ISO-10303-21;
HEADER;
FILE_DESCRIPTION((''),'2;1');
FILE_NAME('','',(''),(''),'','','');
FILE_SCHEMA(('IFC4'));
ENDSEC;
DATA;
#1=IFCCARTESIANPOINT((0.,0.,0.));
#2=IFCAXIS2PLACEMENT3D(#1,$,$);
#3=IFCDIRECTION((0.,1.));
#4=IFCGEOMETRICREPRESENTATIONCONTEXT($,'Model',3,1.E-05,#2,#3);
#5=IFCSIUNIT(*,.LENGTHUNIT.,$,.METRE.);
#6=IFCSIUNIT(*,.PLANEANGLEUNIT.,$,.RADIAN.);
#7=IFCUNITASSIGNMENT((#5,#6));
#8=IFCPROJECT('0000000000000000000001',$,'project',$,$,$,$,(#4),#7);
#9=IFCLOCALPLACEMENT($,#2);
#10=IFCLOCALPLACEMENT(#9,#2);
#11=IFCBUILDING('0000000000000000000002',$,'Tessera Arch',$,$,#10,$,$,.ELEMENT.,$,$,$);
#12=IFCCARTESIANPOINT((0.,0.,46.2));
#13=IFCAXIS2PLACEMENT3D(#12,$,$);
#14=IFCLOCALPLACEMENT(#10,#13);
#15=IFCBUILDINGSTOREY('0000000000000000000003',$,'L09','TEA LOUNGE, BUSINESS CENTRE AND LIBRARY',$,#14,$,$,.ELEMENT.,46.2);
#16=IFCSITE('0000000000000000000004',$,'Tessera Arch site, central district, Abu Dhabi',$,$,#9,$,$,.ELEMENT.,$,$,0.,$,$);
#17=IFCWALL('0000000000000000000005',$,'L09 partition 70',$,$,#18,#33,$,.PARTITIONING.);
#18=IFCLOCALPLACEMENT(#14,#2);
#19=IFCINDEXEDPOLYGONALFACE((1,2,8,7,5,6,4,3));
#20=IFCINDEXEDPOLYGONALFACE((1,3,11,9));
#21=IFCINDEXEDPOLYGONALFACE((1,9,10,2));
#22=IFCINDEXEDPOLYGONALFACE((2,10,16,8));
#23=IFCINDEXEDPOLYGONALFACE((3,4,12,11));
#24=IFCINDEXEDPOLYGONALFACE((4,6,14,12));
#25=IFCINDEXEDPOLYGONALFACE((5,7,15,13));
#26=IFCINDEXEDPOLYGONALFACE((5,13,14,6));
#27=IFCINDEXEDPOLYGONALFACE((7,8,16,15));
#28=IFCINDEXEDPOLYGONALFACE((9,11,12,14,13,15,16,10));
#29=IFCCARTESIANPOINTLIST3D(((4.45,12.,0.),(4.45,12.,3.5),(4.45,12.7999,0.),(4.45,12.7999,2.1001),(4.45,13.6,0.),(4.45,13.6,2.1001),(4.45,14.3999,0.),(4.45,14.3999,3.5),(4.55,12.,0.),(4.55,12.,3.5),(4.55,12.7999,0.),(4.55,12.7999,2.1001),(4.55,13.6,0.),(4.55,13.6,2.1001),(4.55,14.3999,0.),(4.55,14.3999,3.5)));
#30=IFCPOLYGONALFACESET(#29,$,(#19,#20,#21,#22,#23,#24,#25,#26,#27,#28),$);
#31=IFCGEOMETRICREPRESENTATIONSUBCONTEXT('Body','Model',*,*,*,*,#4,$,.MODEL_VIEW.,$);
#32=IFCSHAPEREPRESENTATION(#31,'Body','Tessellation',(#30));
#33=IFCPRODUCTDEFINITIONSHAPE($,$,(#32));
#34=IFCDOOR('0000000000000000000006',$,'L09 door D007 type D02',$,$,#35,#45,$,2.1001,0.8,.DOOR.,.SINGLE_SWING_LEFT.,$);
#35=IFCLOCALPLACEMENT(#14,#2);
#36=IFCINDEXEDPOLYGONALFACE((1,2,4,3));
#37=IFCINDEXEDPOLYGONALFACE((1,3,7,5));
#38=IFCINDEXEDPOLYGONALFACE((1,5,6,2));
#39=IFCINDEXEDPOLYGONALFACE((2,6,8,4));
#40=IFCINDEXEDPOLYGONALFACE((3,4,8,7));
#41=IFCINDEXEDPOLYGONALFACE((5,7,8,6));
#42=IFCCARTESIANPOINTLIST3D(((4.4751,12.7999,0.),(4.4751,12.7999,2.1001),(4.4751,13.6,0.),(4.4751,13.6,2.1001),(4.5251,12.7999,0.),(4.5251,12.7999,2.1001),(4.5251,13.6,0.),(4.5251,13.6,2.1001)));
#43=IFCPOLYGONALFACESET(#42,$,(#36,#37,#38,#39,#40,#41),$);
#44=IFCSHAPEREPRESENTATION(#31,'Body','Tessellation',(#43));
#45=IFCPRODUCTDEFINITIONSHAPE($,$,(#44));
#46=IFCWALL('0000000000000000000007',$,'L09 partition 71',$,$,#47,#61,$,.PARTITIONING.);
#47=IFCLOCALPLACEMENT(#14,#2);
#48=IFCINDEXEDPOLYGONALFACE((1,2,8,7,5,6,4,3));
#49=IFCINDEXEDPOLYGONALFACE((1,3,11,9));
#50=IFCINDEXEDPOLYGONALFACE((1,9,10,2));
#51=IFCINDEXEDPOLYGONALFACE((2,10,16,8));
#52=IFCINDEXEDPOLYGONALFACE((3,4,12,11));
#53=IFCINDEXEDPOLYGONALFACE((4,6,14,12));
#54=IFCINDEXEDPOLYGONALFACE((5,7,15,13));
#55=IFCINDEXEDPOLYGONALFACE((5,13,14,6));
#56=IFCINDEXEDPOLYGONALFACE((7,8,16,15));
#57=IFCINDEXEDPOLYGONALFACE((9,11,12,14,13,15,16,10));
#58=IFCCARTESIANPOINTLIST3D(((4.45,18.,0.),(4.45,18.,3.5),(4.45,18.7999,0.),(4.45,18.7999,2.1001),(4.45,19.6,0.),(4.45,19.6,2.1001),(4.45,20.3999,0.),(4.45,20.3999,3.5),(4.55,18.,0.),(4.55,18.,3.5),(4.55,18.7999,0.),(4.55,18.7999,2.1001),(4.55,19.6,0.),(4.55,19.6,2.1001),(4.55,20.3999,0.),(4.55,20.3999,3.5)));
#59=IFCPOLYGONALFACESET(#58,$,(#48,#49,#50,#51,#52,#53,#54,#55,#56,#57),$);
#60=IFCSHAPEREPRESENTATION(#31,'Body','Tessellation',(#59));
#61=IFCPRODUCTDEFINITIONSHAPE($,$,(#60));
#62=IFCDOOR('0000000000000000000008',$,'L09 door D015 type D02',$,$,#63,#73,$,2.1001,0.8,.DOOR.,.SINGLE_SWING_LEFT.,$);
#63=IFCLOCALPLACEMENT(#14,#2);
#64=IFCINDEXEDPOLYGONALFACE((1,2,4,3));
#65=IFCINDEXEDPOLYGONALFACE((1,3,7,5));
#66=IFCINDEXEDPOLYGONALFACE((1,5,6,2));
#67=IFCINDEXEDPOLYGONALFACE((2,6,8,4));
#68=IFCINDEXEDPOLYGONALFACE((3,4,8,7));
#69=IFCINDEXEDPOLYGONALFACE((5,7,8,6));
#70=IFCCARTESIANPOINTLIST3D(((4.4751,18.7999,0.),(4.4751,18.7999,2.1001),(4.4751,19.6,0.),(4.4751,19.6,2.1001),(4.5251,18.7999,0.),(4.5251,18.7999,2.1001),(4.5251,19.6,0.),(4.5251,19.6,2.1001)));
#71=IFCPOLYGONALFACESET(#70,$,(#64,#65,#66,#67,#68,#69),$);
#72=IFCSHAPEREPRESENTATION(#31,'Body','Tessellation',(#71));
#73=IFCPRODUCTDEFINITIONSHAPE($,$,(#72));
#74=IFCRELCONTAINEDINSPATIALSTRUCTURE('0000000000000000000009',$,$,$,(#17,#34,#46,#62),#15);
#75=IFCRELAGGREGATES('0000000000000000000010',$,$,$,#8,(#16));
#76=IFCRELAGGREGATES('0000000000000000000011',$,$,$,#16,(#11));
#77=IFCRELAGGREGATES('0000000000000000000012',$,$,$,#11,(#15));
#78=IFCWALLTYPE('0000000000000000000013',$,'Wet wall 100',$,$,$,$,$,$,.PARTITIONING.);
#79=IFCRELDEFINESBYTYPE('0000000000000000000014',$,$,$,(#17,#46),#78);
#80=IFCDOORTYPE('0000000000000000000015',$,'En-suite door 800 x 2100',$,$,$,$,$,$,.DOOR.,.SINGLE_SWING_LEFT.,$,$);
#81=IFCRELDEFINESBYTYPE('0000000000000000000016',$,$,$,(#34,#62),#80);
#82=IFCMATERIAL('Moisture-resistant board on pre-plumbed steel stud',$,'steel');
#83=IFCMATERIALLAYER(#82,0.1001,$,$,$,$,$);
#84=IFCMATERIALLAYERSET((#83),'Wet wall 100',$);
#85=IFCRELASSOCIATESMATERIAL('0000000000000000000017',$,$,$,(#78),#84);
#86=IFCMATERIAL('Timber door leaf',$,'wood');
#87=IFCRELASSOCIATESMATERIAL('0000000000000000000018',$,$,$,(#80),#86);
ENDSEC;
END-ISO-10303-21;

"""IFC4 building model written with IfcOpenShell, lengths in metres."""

from ifc_helpers import new_model, si_unit, direction, frame, frame_2d, origin, place, context, subcontext, project, spatial, rectangle, extrude, material, layer, layer_set, type_object, element, fill, save


model = new_model("IFC4")

# Units and contexts
model_context = context("Model", 3, precision=1e-05, world=origin(), true_north=direction((0.0, 1.0)))
body_context = subcontext(model_context, "Body", "Model", "MODEL_VIEW")
ifc_project = project(units=[si_unit("LENGTHUNIT", "METRE"), si_unit("PLANEANGLEUNIT", "RADIAN")], contexts=[model_context])

# Site, building, storey
site_placement = place(None, origin())
site = spatial("IfcSite", under=ifc_project, at=site_placement, Name="Tessera Arch site, central district, Abu Dhabi", CompositionType="ELEMENT", RefElevation=0.0)
building_placement = place(site_placement, origin())
building = spatial("IfcBuilding", under=site, at=building_placement, Name="Tessera Arch", CompositionType="ELEMENT")
storey_placement = place(building_placement, frame((0.0, 0.0, 46.2)))
storey = spatial("IfcBuildingStorey", under=building, at=storey_placement, Name="L09", Description="TEA LOUNGE, BUSINESS CENTRE AND LIBRARY", CompositionType="ELEMENT", Elevation=46.2)

# Shared definitions
ifc_material_1 = material(Name="Moisture-resistant board on pre-plumbed steel stud", Category="steel")
ifc_layer_1 = layer(ifc_material_1, 0.1001)
ifc_layer_set_1 = layer_set([ifc_layer_1], Name="Wet wall 100")
wall_type_1 = type_object("IfcWallType", Name="Wet wall 100", PredefinedType="PARTITIONING", material=ifc_layer_set_1)

# Walls, openings, doors
wall_1_placement = place(storey_placement, frame((4.5, 12.0, 0.0), z_axis=(0.0, 0.0, 1.0), x_axis=(0.0, 1.0, 0.0)))
wall_1 = element("IfcWall", 1, at=wall_1_placement, inside=storey, type_object=wall_type_1, Name="L09 partition 70", PredefinedType="PARTITIONING", context=body_context, shape_type="SweptSolid", body=[
    extrude(rectangle(XDim=2.3999, YDim=0.1001, at=frame_2d((1.2, 0.0))), origin(), (0.0, 0.0, 1.0), 3.5),
])
opening_1_placement = place(wall_1_placement, frame((0.8, 0.0, 0.0)))
opening_1 = element("IfcOpeningElement", 2, at=opening_1_placement, cuts=wall_1, PredefinedType="OPENING", context=body_context, shape_type="SweptSolid", body=[
    extrude(rectangle(XDim=0.8, YDim=2.1001, at=frame_2d((0.3999, 1.05))), frame((0.0, 0.0601, 0.0), z_axis=(0.0, -1.0, 0.0), x_axis=(1.0, 0.0, 0.0)), (0.0, 0.0, 1.0), 0.1201),
])
ifc_material_2 = material(Name="Timber door leaf", Category="wood")
door_type_1 = type_object("IfcDoorType", Name="En-suite door 800 x 2100", OperationType="SINGLE_SWING_LEFT", PredefinedType="DOOR", material=ifc_material_2)
door_1_placement = place(opening_1_placement, origin())
door_1 = element("IfcDoor", 3, at=door_1_placement, inside=storey, type_object=door_type_1, Name="L09 door D007 type D02", OperationType="SINGLE_SWING_LEFT", OverallHeight=2.1001, OverallWidth=0.8, PredefinedType="DOOR", context=body_context, shape_type="SweptSolid", body=[
    extrude(rectangle(XDim=0.8, YDim=2.1001, at=frame_2d((0.3999, 1.05))), frame((0.0, 0.0249, 0.0), z_axis=(0.0, -1.0, 0.0), x_axis=(1.0, 0.0, 0.0)), (0.0, 0.0, 1.0), 0.05),
])
fill(opening_1, door_1)
wall_2_placement = place(storey_placement, frame((4.5, 18.0, 0.0), z_axis=(0.0, 0.0, 1.0), x_axis=(0.0, 1.0, 0.0)))
wall_2 = element("IfcWall", 4, at=wall_2_placement, inside=storey, type_object=wall_type_1, Name="L09 partition 71", PredefinedType="PARTITIONING", context=body_context, shape_type="SweptSolid", body=[
    extrude(rectangle(XDim=2.3999, YDim=0.1001, at=frame_2d((1.2, 0.0))), origin(), (0.0, 0.0, 1.0), 3.5),
])
opening_2_placement = place(wall_2_placement, frame((0.8, 0.0, 0.0)))
opening_2 = element("IfcOpeningElement", 5, at=opening_2_placement, cuts=wall_2, PredefinedType="OPENING", context=body_context, shape_type="SweptSolid", body=[
    extrude(rectangle(XDim=0.8, YDim=2.1001, at=frame_2d((0.3999, 1.05))), frame((0.0, 0.0601, 0.0), z_axis=(0.0, -1.0, 0.0), x_axis=(1.0, 0.0, 0.0)), (0.0, 0.0, 1.0), 0.1201),
])
door_2_placement = place(opening_2_placement, origin())
door_2 = element("IfcDoor", 6, at=door_2_placement, inside=storey, type_object=door_type_1, Name="L09 door D015 type D02", OperationType="SINGLE_SWING_LEFT", OverallHeight=2.1001, OverallWidth=0.8, PredefinedType="DOOR", context=body_context, shape_type="SweptSolid", body=[
    extrude(rectangle(XDim=0.8, YDim=2.1001, at=frame_2d((0.3999, 1.05))), frame((0.0, 0.0249, 0.0), z_axis=(0.0, -1.0, 0.0), x_axis=(1.0, 0.0, 0.0)), (0.0, 0.0, 1.0), 0.05),
])
fill(opening_2, door_2)

save(model, "model.ifc")
